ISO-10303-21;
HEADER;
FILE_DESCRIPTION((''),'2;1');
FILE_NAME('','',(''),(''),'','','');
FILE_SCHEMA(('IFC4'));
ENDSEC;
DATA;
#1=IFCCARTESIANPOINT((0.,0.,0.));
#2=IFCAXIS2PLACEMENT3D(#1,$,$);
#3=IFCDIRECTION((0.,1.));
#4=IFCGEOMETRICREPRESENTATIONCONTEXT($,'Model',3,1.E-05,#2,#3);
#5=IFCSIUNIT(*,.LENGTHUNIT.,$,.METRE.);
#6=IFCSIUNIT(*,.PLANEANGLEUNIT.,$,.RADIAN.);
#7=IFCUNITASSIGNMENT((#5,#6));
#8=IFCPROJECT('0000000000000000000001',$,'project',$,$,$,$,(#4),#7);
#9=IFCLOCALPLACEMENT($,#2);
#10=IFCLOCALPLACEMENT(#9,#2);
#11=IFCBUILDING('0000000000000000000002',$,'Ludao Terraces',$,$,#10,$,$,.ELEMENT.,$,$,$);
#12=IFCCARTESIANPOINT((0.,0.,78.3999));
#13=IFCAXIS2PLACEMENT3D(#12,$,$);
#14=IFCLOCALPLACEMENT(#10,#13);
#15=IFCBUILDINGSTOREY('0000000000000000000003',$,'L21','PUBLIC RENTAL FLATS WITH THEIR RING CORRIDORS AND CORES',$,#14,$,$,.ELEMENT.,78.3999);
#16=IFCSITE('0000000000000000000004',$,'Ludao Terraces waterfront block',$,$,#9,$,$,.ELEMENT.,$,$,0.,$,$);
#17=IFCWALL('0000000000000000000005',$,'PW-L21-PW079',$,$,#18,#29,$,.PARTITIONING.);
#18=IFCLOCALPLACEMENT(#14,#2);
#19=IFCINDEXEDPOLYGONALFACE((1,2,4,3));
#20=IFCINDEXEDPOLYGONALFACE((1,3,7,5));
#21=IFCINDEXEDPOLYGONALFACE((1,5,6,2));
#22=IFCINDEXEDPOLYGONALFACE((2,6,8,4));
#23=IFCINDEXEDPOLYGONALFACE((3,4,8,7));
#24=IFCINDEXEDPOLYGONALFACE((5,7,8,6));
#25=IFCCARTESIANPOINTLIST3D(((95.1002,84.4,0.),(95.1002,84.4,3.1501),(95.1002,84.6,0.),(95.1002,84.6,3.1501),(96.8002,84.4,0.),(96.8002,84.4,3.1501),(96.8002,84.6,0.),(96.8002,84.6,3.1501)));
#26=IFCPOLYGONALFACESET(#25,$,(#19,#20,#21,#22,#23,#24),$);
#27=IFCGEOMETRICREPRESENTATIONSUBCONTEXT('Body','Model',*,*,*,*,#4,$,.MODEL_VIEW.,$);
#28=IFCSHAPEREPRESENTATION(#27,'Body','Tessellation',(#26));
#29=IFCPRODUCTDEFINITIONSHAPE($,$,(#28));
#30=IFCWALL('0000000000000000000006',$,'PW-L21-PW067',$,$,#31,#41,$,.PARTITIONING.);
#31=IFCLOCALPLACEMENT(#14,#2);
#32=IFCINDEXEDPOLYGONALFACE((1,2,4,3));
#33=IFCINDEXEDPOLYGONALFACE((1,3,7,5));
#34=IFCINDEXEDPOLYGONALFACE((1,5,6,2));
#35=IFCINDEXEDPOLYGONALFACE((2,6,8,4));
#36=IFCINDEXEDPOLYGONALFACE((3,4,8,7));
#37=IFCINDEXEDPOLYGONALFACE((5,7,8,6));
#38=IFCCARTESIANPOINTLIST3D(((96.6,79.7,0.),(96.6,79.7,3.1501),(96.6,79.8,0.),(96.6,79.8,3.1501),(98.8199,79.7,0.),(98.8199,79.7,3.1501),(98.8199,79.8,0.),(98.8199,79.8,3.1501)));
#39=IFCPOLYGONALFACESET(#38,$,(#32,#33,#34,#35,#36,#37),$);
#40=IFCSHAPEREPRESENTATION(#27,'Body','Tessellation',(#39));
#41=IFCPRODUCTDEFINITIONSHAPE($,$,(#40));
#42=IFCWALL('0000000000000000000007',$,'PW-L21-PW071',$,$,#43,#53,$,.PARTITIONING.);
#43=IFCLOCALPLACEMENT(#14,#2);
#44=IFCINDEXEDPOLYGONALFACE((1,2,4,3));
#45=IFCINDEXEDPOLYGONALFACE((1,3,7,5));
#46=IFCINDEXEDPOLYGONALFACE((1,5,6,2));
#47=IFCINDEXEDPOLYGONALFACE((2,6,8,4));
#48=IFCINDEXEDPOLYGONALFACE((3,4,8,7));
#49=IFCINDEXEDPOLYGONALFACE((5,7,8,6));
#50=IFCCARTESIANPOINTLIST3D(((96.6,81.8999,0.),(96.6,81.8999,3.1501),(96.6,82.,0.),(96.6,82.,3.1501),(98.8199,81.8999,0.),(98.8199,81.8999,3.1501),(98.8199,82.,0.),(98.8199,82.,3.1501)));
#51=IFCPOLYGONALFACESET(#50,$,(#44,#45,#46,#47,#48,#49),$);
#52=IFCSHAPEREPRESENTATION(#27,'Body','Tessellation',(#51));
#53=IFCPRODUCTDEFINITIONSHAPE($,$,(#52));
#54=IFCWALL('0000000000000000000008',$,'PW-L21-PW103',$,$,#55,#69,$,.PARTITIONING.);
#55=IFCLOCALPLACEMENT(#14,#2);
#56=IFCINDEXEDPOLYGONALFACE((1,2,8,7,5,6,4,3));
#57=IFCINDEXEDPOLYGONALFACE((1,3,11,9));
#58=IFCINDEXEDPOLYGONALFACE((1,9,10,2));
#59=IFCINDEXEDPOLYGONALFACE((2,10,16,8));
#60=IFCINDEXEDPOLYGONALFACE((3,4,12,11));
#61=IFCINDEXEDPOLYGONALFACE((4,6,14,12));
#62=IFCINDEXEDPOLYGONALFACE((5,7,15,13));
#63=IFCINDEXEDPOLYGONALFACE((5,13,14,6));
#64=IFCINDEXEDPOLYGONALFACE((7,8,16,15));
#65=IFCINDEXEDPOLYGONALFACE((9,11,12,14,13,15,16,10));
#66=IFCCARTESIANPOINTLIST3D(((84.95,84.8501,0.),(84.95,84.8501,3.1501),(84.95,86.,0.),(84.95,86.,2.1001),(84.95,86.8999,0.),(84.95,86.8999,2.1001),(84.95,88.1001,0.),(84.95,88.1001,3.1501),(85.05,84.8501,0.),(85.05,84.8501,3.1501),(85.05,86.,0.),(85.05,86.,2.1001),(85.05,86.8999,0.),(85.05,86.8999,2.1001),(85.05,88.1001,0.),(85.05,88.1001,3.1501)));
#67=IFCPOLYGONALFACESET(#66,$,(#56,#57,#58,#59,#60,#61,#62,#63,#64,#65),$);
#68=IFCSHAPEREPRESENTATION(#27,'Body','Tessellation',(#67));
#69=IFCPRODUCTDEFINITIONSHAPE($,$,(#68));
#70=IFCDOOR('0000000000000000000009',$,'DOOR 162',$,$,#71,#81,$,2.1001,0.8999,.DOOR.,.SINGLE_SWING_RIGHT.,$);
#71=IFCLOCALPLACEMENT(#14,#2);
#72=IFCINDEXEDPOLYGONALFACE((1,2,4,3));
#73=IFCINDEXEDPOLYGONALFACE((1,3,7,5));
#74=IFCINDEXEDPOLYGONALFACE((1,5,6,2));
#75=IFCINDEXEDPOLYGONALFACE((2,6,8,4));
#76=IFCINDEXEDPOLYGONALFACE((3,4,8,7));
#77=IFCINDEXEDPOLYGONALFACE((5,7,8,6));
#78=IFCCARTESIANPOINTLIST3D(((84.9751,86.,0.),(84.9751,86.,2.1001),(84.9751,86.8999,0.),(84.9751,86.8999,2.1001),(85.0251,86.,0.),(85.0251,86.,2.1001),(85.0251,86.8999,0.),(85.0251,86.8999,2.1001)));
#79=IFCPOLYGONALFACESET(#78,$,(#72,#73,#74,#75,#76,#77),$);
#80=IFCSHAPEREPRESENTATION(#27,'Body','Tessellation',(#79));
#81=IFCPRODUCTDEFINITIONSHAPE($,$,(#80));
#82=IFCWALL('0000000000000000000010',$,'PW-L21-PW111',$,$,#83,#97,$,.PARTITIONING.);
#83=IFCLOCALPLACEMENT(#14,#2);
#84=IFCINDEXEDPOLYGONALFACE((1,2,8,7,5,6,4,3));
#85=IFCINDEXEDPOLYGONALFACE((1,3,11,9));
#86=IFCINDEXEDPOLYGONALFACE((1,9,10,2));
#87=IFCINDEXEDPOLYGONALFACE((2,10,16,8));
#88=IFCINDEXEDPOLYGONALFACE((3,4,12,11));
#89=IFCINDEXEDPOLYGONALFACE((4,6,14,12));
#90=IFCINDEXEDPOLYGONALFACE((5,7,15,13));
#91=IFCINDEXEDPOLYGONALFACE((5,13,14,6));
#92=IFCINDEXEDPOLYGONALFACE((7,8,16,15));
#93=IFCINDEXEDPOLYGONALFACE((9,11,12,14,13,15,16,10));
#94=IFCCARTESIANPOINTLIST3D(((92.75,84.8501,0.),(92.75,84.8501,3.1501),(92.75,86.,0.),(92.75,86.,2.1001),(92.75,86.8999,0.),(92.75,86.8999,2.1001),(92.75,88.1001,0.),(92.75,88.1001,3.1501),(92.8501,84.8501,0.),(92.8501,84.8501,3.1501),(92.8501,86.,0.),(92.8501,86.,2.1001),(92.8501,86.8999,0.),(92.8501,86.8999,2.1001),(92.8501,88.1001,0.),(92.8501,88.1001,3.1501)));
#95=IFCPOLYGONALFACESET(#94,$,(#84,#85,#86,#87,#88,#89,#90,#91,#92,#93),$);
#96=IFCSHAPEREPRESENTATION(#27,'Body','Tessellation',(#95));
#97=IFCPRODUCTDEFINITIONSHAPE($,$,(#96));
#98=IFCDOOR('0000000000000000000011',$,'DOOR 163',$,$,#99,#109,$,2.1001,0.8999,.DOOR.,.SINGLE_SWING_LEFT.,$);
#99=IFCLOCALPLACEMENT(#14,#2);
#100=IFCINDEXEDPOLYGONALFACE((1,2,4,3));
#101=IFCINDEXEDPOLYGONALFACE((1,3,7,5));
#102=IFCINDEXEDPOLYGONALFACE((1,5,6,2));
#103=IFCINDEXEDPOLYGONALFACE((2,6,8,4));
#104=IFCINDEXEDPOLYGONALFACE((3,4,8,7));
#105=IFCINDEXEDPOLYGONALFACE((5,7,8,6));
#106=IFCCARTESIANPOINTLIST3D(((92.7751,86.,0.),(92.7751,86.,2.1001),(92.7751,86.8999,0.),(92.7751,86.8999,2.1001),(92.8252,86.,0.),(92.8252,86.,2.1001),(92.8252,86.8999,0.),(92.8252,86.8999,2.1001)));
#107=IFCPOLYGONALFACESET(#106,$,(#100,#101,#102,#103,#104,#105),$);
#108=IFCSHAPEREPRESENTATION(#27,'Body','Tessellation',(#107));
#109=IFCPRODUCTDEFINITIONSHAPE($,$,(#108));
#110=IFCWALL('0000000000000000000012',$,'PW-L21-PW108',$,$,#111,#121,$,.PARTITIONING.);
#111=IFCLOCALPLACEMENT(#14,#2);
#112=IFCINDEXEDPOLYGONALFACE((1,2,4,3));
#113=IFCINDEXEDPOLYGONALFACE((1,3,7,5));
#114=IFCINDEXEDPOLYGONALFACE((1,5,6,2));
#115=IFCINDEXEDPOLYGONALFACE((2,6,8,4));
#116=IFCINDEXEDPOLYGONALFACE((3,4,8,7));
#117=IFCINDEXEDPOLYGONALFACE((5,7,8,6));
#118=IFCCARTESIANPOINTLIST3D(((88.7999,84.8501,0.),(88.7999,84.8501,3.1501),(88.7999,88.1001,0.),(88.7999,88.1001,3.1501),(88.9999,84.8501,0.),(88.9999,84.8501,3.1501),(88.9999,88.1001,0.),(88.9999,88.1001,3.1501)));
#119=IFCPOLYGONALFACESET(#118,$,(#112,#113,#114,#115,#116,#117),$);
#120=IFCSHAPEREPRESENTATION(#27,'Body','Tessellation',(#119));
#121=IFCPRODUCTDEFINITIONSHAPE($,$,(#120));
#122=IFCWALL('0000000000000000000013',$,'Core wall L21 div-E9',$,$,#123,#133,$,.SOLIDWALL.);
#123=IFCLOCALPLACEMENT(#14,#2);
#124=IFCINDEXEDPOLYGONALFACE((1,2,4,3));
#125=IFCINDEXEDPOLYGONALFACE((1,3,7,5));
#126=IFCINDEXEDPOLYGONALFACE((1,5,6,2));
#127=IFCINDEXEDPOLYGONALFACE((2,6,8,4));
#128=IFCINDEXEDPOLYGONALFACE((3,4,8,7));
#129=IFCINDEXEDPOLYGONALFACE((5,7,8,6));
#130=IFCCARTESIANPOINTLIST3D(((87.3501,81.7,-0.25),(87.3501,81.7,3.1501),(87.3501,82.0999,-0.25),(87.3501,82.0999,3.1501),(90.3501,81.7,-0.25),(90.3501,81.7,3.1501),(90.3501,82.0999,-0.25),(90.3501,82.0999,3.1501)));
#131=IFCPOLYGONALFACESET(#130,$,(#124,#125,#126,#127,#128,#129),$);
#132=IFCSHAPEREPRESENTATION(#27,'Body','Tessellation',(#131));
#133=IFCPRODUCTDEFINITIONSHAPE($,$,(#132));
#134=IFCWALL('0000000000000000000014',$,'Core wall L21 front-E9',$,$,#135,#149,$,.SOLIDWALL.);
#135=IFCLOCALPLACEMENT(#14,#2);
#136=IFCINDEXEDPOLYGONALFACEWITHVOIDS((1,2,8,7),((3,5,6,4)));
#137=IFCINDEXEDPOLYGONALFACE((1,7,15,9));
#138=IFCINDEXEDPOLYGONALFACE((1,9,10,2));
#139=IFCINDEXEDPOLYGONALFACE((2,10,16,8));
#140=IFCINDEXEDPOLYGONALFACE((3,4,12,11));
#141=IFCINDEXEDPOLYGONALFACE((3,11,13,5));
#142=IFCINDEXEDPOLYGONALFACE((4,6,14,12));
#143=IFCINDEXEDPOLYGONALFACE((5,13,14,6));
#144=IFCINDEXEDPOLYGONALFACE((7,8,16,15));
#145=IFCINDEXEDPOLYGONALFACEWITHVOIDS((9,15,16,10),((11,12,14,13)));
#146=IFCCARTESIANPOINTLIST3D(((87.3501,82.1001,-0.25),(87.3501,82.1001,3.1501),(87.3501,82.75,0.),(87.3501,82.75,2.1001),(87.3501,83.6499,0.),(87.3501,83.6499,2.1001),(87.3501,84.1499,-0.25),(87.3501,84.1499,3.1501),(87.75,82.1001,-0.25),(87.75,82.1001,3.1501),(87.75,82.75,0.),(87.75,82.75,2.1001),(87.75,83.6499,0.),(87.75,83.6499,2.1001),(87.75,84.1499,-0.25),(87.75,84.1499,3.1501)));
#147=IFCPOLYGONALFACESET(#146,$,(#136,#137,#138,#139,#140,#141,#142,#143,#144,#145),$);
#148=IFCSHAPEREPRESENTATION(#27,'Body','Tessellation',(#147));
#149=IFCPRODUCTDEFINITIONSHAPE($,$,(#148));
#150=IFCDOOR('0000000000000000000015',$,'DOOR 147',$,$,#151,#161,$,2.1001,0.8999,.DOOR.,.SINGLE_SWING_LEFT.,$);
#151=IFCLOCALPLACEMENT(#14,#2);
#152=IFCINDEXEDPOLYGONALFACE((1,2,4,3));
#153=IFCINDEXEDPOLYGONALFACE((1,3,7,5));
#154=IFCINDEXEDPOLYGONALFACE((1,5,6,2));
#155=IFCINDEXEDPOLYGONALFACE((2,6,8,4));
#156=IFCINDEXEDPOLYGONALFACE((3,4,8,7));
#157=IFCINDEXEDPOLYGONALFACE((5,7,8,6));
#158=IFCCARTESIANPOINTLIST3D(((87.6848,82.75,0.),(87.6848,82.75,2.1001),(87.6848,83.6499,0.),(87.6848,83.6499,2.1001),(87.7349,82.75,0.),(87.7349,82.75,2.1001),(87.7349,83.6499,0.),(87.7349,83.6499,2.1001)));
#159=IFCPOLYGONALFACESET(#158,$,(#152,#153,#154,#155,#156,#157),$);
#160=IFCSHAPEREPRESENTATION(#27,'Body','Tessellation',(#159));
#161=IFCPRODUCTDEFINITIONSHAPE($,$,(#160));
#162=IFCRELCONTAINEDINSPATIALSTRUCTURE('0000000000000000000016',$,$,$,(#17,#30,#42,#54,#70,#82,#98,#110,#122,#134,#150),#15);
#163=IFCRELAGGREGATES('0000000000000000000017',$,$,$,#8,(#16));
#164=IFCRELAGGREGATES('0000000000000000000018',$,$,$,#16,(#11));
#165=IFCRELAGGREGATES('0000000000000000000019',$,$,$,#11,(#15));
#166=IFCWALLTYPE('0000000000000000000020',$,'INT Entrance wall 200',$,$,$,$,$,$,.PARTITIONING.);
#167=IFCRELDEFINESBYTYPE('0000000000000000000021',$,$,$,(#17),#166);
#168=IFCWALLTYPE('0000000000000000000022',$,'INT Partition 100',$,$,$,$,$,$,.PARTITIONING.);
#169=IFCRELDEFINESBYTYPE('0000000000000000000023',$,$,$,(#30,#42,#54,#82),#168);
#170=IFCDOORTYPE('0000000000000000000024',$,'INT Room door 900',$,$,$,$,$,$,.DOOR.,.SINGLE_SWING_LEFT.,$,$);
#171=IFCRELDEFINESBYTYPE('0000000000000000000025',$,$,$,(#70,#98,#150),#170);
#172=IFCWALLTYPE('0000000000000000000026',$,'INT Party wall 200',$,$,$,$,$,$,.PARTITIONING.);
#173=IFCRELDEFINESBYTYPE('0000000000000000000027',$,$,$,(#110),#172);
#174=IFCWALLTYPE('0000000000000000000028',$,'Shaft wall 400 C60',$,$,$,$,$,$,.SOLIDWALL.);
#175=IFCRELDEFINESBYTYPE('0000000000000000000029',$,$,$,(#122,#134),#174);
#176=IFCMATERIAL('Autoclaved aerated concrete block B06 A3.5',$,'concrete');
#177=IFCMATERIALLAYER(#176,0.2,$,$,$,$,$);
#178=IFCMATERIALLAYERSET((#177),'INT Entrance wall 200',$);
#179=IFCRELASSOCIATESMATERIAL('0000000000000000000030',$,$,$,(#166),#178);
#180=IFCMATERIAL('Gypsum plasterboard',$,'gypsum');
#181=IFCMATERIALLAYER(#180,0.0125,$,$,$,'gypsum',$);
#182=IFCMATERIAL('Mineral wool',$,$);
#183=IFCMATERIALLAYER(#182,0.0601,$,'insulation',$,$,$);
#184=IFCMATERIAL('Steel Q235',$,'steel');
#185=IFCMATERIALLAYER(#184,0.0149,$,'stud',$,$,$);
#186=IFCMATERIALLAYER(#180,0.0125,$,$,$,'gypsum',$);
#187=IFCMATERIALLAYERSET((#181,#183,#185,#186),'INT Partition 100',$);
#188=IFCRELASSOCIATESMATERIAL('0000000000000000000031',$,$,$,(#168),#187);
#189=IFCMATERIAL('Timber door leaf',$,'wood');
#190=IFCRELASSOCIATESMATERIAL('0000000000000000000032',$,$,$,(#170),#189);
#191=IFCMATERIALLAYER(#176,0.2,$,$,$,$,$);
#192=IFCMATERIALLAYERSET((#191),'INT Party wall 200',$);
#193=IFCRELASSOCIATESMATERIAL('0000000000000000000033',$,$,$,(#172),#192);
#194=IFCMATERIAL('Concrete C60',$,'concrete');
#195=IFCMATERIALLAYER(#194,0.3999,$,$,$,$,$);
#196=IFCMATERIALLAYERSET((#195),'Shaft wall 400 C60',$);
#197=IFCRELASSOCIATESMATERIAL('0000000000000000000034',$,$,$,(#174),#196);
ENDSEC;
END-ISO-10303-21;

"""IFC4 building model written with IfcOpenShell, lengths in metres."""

from ifc_helpers import new_model, si_unit, direction, frame, frame_2d, origin, place, context, subcontext, project, spatial, rectangle, extrude, material, layer, layer_set, type_object, element, fill, save


model = new_model("IFC4")

# Units and contexts
model_context = context("Model", 3, precision=1e-05, world=origin(), true_north=direction((0.0, 1.0)))
body_context = subcontext(model_context, "Body", "Model", "MODEL_VIEW")
ifc_project = project(units=[si_unit("LENGTHUNIT", "METRE"), si_unit("PLANEANGLEUNIT", "RADIAN")], contexts=[model_context])

# Site, building, storey
site_placement = place(None, origin())
site = spatial("IfcSite", under=ifc_project, at=site_placement, Name="Ludao Terraces waterfront block", CompositionType="ELEMENT", RefElevation=0.0)
building_placement = place(site_placement, origin())
building = spatial("IfcBuilding", under=site, at=building_placement, Name="Ludao Terraces", CompositionType="ELEMENT")
storey_placement = place(building_placement, frame((0.0, 0.0, 78.3999)))
storey = spatial("IfcBuildingStorey", under=building, at=storey_placement, Name="L21", Description="PUBLIC RENTAL FLATS WITH THEIR RING CORRIDORS AND CORES", CompositionType="ELEMENT", Elevation=78.3999)

# Shared definitions
ifc_material_1 = material(Name="Mineral wool")

# Walls
ifc_material_2 = material(Name="Autoclaved aerated concrete block B06 A3.5", Category="concrete")
ifc_layer_1 = layer(ifc_material_2, 0.2)
ifc_layer_set_1 = layer_set([ifc_layer_1], Name="INT Entrance wall 200")
wall_type_1 = type_object("IfcWallType", Name="INT Entrance wall 200", PredefinedType="PARTITIONING", material=ifc_layer_set_1)
wall_1_placement = place(storey_placement, frame((95.1001, 84.5, 0.0), z_axis=(0.0, 0.0, 1.0), x_axis=(1.0, 0.0, 0.0)))
element("IfcWall", 1, at=wall_1_placement, inside=storey, type_object=wall_type_1, Name="PW-L21-PW079", PredefinedType="PARTITIONING", context=body_context, shape_type="SweptSolid", body=[
    extrude(rectangle(XDim=1.7, YDim=0.2, at=frame_2d((0.8501, 0.0))), origin(), (0.0, 0.0, 1.0), 3.1501),
])
ifc_material_3 = material(Name="Gypsum plasterboard", Category="gypsum")
ifc_layer_2 = layer(ifc_material_3, 0.0125, Category="gypsum")
ifc_layer_3 = layer(ifc_material_1, 0.0601, Name="insulation")
ifc_material_4 = material(Name="Steel Q235", Category="steel")
ifc_layer_4 = layer(ifc_material_4, 0.0149, Name="stud")
ifc_layer_5 = layer(ifc_material_3, 0.0125, Category="gypsum")
ifc_layer_set_2 = layer_set([ifc_layer_2, ifc_layer_3, ifc_layer_4, ifc_layer_5], Name="INT Partition 100")
wall_type_2 = type_object("IfcWallType", Name="INT Partition 100", PredefinedType="PARTITIONING", material=ifc_layer_set_2)
for number, where, z_axis, x_axis, name in (
    (2, (96.6001, 79.75, 0.0), (0.0, 0.0, 1.0), (1.0, 0.0, 0.0), "PW-L21-PW067"),
    (3, (96.6001, 81.95, 0.0), (0.0, 0.0, 1.0), (1.0, 0.0, 0.0), "PW-L21-PW071"),
):
    element("IfcWall", number, at=place(storey_placement, frame(where, z_axis=z_axis, x_axis=x_axis)), inside=storey, type_object=wall_type_2, Name=name, PredefinedType="PARTITIONING", context=body_context, shape_type="SweptSolid", body=[
        extrude(rectangle(XDim=2.22, YDim=0.1001, at=frame_2d((1.1099, 0.0))), origin(), (0.0, 0.0, 1.0), 3.1501),
    ])

# Walls, openings, doors
wall_2_placement = place(storey_placement, frame((85.0, 84.8501, 0.0), z_axis=(0.0, 0.0, 1.0), x_axis=(0.0, 1.0, 0.0)))
wall_2 = element("IfcWall", 4, at=wall_2_placement, inside=storey, type_object=wall_type_2, Name="PW-L21-PW103", PredefinedType="PARTITIONING", context=body_context, shape_type="SweptSolid", body=[
    extrude(rectangle(XDim=3.25, YDim=0.1001, at=frame_2d((1.625, 0.0))), origin(), (0.0, 0.0, 1.0), 3.1501),
])
opening_1_placement = place(wall_2_placement, frame((1.1499, 0.0, 0.0)))
opening_1 = element("IfcOpeningElement", 5, at=opening_1_placement, cuts=wall_2, PredefinedType="OPENING", context=body_context, shape_type="SweptSolid", body=[
    extrude(rectangle(XDim=0.8999, YDim=2.1001, at=frame_2d((0.45, 1.05))), frame((0.0, 0.0601, 0.0), z_axis=(0.0, -1.0, 0.0), x_axis=(1.0, 0.0, 0.0)), (0.0, 0.0, 1.0), 0.1201),
])
ifc_material_5 = material(Name="Timber door leaf", Category="wood")
door_type_1 = type_object("IfcDoorType", Name="INT Room door 900", OperationType="SINGLE_SWING_LEFT", PredefinedType="DOOR", material=ifc_material_5)
door_1_placement = place(opening_1_placement, origin())
door_1 = element("IfcDoor", 6, at=door_1_placement, inside=storey, type_object=door_type_1, Name="DOOR 162", OperationType="SINGLE_SWING_RIGHT", OverallHeight=2.1001, OverallWidth=0.8999, PredefinedType="DOOR", context=body_context, shape_type="SweptSolid", body=[
    extrude(rectangle(XDim=0.8999, YDim=2.1001, at=frame_2d((0.45, 1.05))), frame((0.0, 0.0249, 0.0), z_axis=(0.0, -1.0, 0.0), x_axis=(1.0, 0.0, 0.0)), (0.0, 0.0, 1.0), 0.05),
])
fill(opening_1, door_1)
wall_3_placement = place(storey_placement, frame((92.8, 84.8501, 0.0), z_axis=(0.0, 0.0, 1.0), x_axis=(0.0, 1.0, 0.0)))
wall_3 = element("IfcWall", 7, at=wall_3_placement, inside=storey, type_object=wall_type_2, Name="PW-L21-PW111", PredefinedType="PARTITIONING", context=body_context, shape_type="SweptSolid", body=[
    extrude(rectangle(XDim=3.25, YDim=0.1001, at=frame_2d((1.625, 0.0))), origin(), (0.0, 0.0, 1.0), 3.1501),
])
opening_2_placement = place(wall_3_placement, frame((1.1499, 0.0, 0.0)))
opening_2 = element("IfcOpeningElement", 8, at=opening_2_placement, cuts=wall_3, PredefinedType="OPENING", context=body_context, shape_type="SweptSolid", body=[
    extrude(rectangle(XDim=0.8999, YDim=2.1001, at=frame_2d((0.45, 1.05))), frame((0.0, 0.0601, 0.0), z_axis=(0.0, -1.0, 0.0), x_axis=(1.0, 0.0, 0.0)), (0.0, 0.0, 1.0), 0.1201),
])
door_2_placement = place(opening_2_placement, origin())
door_2 = element("IfcDoor", 9, at=door_2_placement, inside=storey, type_object=door_type_1, Name="DOOR 163", OperationType="SINGLE_SWING_LEFT", OverallHeight=2.1001, OverallWidth=0.8999, PredefinedType="DOOR", context=body_context, shape_type="SweptSolid", body=[
    extrude(rectangle(XDim=0.8999, YDim=2.1001, at=frame_2d((0.45, 1.05))), frame((0.0, 0.0249, 0.0), z_axis=(0.0, -1.0, 0.0), x_axis=(1.0, 0.0, 0.0)), (0.0, 0.0, 1.0), 0.05),
])
fill(opening_2, door_2)

# Walls
ifc_layer_6 = layer(ifc_material_2, 0.2)
ifc_layer_set_3 = layer_set([ifc_layer_6], Name="INT Party wall 200")
wall_type_3 = type_object("IfcWallType", Name="INT Party wall 200", PredefinedType="PARTITIONING", material=ifc_layer_set_3)
wall_4_placement = place(storey_placement, frame((88.8999, 84.8501, 0.0), z_axis=(0.0, 0.0, 1.0), x_axis=(0.0, 1.0, 0.0)))
element("IfcWall", 10, at=wall_4_placement, inside=storey, type_object=wall_type_3, Name="PW-L21-PW108", PredefinedType="PARTITIONING", context=body_context, shape_type="SweptSolid", body=[
    extrude(rectangle(XDim=3.25, YDim=0.2, at=frame_2d((1.625, 0.0))), origin(), (0.0, 0.0, 1.0), 3.1501),
])
ifc_material_6 = material(Name="Concrete C60", Category="concrete")
ifc_layer_7 = layer(ifc_material_6, 0.3999)
ifc_layer_set_4 = layer_set([ifc_layer_7], Name="Shaft wall 400 C60")
wall_type_4 = type_object("IfcWallType", Name="Shaft wall 400 C60", PredefinedType="SOLIDWALL", material=ifc_layer_set_4)
wall_5_placement = place(storey_placement, frame((87.3501, 81.8999, -0.25), z_axis=(0.0, 0.0, 1.0), x_axis=(1.0, 0.0, 0.0)))
element("IfcWall", 11, at=wall_5_placement, inside=storey, type_object=wall_type_4, Name="Core wall L21 div-E9", PredefinedType="SOLIDWALL", context=body_context, shape_type="SweptSolid", body=[
    extrude(rectangle(XDim=3.0, YDim=0.3999, at=frame_2d((1.5, 0.0))), origin(), (0.0, 0.0, 1.0), 3.4001),
])

# Wall, opening, door
wall_6_placement = place(storey_placement, frame((87.55, 82.1001, -0.25), z_axis=(0.0, 0.0, 1.0), x_axis=(0.0, 1.0, 0.0)))
wall_6 = element("IfcWall", 12, at=wall_6_placement, inside=storey, type_object=wall_type_4, Name="Core wall L21 front-E9", PredefinedType="SOLIDWALL", context=body_context, shape_type="SweptSolid", body=[
    extrude(rectangle(XDim=2.0498, YDim=0.3999, at=frame_2d((1.0249, 0.0))), origin(), (0.0, 0.0, 1.0), 3.4001),
])
opening_3_placement = place(wall_6_placement, frame((0.6499, 0.0, 0.25)))
opening_3 = element("IfcOpeningElement", 13, at=opening_3_placement, cuts=wall_6, PredefinedType="OPENING", context=body_context, shape_type="SweptSolid", body=[
    extrude(rectangle(XDim=0.8999, YDim=2.1001, at=frame_2d((0.45, 1.05))), frame((0.0, 0.21, 0.0), z_axis=(0.0, -1.0, 0.0), x_axis=(1.0, 0.0, 0.0)), (0.0, 0.0, 1.0), 0.4199),
])
door_3_placement = place(opening_3_placement, origin())
door_3 = element("IfcDoor", 14, at=door_3_placement, inside=storey, type_object=door_type_1, Name="DOOR 147", OperationType="SINGLE_SWING_LEFT", OverallHeight=2.1001, OverallWidth=0.8999, PredefinedType="DOOR", context=body_context, shape_type="SweptSolid", body=[
    extrude(rectangle(XDim=0.8999, YDim=2.1001, at=frame_2d((0.45, 1.05))), frame((0.0, -0.1348, 0.0), z_axis=(0.0, -1.0, 0.0), x_axis=(1.0, 0.0, 0.0)), (0.0, 0.0, 1.0), 0.05),
])
fill(opening_3, door_3)

save(model, "model.ifc")
